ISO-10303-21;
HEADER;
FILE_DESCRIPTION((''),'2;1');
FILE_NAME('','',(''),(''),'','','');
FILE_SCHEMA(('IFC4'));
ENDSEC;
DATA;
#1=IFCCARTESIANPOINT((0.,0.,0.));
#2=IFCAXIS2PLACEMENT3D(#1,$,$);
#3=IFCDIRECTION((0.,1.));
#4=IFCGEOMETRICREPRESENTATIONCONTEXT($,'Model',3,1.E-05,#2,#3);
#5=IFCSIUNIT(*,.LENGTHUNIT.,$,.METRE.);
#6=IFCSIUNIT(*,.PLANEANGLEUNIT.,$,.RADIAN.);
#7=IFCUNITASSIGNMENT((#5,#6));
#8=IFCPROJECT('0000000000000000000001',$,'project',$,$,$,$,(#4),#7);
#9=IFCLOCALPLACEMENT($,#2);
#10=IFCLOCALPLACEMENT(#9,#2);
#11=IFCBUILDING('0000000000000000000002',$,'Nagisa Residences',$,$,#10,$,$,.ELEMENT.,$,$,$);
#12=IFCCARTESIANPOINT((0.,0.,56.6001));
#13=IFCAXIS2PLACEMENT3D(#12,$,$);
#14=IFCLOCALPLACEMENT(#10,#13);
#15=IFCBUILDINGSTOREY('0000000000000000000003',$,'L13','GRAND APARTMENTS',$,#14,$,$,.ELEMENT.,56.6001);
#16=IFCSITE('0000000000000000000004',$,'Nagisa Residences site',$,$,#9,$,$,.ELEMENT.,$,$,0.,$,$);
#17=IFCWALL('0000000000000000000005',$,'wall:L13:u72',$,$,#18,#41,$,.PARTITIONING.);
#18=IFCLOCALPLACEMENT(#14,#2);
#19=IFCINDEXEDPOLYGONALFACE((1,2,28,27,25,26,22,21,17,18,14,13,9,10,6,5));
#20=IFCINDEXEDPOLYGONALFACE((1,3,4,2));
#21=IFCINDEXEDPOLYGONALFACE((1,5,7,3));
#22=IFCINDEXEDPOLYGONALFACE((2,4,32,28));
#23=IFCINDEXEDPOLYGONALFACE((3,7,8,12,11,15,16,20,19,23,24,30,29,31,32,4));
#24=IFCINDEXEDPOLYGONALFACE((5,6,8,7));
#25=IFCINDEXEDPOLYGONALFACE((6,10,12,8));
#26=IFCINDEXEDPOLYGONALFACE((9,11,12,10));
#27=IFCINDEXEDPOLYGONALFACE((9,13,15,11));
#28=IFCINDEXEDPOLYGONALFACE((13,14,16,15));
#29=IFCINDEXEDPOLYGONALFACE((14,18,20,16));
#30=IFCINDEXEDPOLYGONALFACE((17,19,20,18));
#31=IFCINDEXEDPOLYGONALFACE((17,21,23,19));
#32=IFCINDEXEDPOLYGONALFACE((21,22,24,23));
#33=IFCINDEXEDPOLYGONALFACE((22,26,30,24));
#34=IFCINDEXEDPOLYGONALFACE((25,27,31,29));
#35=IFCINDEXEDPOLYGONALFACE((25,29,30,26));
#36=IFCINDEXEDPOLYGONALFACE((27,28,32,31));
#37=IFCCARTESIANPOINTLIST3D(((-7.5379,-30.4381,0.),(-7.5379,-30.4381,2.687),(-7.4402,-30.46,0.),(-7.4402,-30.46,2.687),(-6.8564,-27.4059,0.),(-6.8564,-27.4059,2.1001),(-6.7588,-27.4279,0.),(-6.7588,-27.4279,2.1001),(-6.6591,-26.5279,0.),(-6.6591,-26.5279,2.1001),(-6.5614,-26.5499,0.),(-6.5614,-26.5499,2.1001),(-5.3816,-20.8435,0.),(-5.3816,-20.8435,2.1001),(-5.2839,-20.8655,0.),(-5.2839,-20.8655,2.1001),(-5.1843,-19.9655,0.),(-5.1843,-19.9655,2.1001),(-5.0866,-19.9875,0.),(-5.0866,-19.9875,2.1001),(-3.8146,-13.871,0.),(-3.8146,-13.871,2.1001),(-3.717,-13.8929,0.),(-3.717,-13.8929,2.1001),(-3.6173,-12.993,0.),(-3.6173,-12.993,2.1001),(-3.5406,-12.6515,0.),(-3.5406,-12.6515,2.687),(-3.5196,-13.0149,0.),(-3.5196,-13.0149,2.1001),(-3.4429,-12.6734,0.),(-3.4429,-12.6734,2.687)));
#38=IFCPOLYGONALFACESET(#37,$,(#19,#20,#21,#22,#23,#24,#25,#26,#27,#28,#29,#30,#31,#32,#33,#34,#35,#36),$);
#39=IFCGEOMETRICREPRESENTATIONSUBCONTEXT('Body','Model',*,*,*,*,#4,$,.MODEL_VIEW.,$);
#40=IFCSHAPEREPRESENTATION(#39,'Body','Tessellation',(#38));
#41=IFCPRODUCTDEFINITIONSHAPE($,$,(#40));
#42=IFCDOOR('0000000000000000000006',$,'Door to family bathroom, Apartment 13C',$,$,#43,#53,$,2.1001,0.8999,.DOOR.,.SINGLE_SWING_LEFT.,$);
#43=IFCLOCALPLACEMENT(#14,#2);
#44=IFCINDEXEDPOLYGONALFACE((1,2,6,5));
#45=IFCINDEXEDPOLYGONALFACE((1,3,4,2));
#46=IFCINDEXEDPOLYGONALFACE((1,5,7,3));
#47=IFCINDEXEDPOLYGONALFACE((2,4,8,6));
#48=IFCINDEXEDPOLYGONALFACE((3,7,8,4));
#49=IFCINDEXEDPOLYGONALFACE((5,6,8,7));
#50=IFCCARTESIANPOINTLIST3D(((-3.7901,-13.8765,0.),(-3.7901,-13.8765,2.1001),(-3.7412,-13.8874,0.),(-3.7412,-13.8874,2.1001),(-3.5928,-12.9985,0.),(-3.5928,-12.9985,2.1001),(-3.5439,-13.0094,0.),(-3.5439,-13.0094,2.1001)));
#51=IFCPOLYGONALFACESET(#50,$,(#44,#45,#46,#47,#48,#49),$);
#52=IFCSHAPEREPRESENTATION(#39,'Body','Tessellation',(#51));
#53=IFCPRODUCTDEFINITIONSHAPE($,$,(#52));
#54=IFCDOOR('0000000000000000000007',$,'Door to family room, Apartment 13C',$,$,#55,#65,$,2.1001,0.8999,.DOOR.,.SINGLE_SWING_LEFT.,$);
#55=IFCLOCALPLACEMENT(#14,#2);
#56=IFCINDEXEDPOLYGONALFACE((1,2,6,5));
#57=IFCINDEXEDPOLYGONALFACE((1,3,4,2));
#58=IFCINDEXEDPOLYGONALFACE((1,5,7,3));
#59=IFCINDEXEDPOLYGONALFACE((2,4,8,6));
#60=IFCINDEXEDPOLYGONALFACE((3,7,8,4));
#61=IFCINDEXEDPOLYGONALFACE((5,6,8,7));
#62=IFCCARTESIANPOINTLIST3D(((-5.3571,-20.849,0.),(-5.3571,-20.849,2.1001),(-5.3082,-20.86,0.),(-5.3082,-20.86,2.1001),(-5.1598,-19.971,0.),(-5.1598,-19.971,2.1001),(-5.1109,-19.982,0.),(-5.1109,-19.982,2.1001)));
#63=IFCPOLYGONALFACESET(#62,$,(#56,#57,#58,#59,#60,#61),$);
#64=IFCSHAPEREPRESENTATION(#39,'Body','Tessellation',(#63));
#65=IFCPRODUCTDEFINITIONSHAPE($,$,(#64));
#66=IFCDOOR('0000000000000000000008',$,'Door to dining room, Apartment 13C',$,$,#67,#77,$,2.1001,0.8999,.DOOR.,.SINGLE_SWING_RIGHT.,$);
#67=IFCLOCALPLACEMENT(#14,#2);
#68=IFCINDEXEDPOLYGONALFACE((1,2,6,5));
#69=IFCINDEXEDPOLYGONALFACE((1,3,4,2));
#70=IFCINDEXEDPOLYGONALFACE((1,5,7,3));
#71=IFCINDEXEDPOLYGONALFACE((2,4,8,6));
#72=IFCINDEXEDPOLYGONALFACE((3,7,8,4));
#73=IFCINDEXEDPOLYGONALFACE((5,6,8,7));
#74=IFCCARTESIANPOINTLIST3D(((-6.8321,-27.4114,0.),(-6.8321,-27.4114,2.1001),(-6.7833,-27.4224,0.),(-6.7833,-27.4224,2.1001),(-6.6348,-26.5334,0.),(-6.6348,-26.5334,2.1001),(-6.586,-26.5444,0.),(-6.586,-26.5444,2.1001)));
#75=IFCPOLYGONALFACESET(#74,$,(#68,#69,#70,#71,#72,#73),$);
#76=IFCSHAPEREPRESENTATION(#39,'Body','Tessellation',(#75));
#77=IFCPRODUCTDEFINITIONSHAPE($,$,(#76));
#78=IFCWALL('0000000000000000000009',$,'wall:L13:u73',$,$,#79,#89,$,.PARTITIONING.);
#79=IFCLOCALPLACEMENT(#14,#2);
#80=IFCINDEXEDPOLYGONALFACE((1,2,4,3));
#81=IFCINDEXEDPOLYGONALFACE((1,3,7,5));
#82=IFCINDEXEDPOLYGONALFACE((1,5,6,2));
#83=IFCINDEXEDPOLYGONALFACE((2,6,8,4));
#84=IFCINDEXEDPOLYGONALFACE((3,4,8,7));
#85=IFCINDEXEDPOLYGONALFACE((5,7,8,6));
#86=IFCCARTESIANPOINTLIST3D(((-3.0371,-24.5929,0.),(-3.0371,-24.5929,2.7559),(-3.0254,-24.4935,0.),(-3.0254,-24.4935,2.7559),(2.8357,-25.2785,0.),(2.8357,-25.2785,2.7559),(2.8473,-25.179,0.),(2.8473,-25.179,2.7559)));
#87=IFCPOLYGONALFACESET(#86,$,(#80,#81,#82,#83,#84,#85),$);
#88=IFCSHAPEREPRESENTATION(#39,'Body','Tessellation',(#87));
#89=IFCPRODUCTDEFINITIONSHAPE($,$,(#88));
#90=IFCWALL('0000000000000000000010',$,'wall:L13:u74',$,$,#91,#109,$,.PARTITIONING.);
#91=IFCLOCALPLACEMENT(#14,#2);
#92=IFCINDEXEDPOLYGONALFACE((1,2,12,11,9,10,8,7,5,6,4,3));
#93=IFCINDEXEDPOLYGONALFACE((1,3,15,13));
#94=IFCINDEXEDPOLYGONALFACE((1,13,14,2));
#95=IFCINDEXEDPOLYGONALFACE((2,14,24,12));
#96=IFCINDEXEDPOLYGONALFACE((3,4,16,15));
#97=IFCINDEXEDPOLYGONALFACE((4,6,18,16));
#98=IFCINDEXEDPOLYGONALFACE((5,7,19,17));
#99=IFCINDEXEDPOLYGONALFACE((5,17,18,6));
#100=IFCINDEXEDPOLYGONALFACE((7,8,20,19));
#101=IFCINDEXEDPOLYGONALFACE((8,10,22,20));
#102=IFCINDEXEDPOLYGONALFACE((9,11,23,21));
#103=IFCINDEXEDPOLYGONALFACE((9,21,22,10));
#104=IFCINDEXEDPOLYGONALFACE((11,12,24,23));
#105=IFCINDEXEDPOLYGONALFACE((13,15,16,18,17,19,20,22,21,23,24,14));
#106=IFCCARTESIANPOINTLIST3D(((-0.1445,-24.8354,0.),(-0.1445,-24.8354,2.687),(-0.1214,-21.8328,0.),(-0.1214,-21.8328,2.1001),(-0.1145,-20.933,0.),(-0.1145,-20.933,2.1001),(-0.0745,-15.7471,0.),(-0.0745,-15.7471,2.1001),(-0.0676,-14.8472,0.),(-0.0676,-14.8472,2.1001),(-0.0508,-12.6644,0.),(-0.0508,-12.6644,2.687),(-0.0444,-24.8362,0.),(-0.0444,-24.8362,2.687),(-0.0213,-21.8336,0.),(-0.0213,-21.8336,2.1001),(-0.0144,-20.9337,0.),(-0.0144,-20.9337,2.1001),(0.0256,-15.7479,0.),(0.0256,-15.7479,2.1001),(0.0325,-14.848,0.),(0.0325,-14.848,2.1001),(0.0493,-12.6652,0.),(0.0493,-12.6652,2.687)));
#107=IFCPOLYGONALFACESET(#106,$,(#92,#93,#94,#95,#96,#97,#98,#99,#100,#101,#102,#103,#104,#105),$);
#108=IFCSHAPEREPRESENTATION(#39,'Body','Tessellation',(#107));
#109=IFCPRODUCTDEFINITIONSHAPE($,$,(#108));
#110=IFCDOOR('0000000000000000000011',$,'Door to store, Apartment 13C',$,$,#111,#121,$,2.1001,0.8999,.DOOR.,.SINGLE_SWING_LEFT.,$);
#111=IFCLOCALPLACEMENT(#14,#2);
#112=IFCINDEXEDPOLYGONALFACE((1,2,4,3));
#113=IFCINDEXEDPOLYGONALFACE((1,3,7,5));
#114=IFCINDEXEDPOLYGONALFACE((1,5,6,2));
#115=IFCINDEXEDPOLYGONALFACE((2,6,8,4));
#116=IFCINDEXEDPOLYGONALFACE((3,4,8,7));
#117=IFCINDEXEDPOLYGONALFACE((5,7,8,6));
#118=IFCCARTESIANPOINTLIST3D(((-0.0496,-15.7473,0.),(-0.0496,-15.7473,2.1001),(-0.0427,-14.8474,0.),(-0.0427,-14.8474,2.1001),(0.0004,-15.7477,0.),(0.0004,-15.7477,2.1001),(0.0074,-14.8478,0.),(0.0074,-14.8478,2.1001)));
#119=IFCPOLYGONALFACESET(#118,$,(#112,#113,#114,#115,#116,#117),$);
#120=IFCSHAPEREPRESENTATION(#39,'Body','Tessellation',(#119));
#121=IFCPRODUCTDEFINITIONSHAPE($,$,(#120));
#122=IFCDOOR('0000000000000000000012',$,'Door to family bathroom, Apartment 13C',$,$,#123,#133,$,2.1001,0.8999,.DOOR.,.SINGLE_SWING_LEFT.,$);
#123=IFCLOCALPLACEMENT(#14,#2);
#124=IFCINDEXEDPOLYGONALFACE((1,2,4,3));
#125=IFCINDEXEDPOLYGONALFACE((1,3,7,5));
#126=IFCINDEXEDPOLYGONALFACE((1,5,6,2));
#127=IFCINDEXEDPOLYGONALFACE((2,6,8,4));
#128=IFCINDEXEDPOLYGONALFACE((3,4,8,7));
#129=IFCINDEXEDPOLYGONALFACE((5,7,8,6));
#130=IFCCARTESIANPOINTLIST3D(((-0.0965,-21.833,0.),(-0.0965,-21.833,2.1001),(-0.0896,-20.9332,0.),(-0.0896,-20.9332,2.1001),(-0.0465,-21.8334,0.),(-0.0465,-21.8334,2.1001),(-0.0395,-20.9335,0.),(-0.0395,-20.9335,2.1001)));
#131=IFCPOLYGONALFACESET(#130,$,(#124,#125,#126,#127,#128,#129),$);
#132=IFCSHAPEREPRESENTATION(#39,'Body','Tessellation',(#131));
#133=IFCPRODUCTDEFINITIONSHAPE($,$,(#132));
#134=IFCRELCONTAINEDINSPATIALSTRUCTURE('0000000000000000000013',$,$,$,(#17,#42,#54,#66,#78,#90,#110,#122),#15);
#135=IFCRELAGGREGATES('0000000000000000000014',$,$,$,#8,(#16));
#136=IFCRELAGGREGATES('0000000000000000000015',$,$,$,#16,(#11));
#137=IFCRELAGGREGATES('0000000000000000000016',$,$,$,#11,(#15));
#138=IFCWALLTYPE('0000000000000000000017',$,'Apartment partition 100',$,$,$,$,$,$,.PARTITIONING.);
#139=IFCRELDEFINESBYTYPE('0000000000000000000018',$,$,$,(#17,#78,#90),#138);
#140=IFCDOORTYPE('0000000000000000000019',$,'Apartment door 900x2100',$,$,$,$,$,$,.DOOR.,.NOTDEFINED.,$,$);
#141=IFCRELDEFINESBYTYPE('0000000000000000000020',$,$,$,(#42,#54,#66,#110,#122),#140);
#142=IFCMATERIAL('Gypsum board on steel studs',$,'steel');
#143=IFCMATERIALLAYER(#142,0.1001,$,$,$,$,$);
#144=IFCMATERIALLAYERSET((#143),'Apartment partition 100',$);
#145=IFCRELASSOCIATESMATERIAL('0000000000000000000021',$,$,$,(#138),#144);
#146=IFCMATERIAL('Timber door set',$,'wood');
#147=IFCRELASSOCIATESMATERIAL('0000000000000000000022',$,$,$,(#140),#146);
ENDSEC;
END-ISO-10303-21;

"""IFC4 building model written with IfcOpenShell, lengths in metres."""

from ifc_helpers import new_model, si_unit, direction, frame, frame_2d, origin, place, context, subcontext, project, spatial, rectangle, extrude, material, layer, layer_set, type_object, element, fill, save


model = new_model("IFC4")

# Units and contexts
model_context = context("Model", 3, precision=1e-05, world=origin(), true_north=direction((0.0, 1.0)))
body_context = subcontext(model_context, "Body", "Model", "MODEL_VIEW")
ifc_project = project(units=[si_unit("LENGTHUNIT", "METRE"), si_unit("PLANEANGLEUNIT", "RADIAN")], contexts=[model_context])

# Site, building, storey
site_placement = place(None, origin())
site = spatial("IfcSite", under=ifc_project, at=site_placement, Name="Nagisa Residences site", CompositionType="ELEMENT", RefElevation=0.0)
building_placement = place(site_placement, origin())
building = spatial("IfcBuilding", under=site, at=building_placement, Name="Nagisa Residences", CompositionType="ELEMENT")
storey_placement = place(building_placement, frame((0.0, 0.0, 56.6001)))
storey = spatial("IfcBuildingStorey", under=building, at=storey_placement, Name="L13", Description="GRAND APARTMENTS", CompositionType="ELEMENT", Elevation=56.6001)

# Shared definitions
ifc_material_1 = material(Name="Gypsum board on steel studs", Category="steel")
ifc_layer_1 = layer(ifc_material_1, 0.1001)
ifc_layer_set_1 = layer_set([ifc_layer_1], Name="Apartment partition 100")
wall_type_1 = type_object("IfcWallType", Name="Apartment partition 100", PredefinedType="PARTITIONING", material=ifc_layer_set_1)
ifc_material_2 = material(Name="Timber door set", Category="wood")
door_type_1 = type_object("IfcDoorType", Name="Apartment door 900x2100", OperationType="NOTDEFINED", PredefinedType="DOOR", material=ifc_material_2)

# Wall, openings, doors
wall_1_placement = place(storey_placement, frame((-3.4917, -12.6624, 0.0), z_axis=(0.0, 0.0, 1.0), x_axis=(-0.219268, -0.975665, 0.0)))
wall_1 = element("IfcWall", 1, at=wall_1_placement, inside=storey, type_object=wall_type_1, Name="wall:L13:u72", PredefinedType="PARTITIONING", context=body_context, shape_type="SweptSolid", body=[
    extrude(rectangle(XDim=18.2302, YDim=0.1001, at=frame_2d((9.1152, 0.0))), origin(), (0.0, 0.0, 1.0), 2.687),
])
opening_1_placement = place(wall_1_placement, frame((0.3501, 0.0, 0.0)))
opening_1 = element("IfcOpeningElement", 2, at=opening_1_placement, cuts=wall_1, PredefinedType="OPENING", context=body_context, shape_type="SweptSolid", body=[
    extrude(rectangle(XDim=0.8999, YDim=2.1001, at=frame_2d((0.45, 1.05))), frame((0.0, 0.0601, 0.0), z_axis=(0.0, -1.0, 0.0), x_axis=(1.0, 0.0, 0.0)), (0.0, 0.0, 1.0), 0.1201),
])
opening_2_placement = place(wall_1_placement, frame((7.4966, 0.0, 0.0)))
opening_2 = element("IfcOpeningElement", 3, at=opening_2_placement, cuts=wall_1, PredefinedType="OPENING", context=body_context, shape_type="SweptSolid", body=[
    extrude(rectangle(XDim=0.8999, YDim=2.1001, at=frame_2d((0.45, 1.05))), frame((0.0, 0.0601, 0.0), z_axis=(0.0, -1.0, 0.0), x_axis=(1.0, 0.0, 0.0)), (0.0, 0.0, 1.0), 0.1201),
])
opening_3_placement = place(wall_1_placement, frame((14.2227, 0.0, 0.0)))
opening_3 = element("IfcOpeningElement", 4, at=opening_3_placement, cuts=wall_1, PredefinedType="OPENING", context=body_context, shape_type="SweptSolid", body=[
    extrude(rectangle(XDim=0.8999, YDim=2.1001, at=frame_2d((0.45, 1.05))), frame((0.0, 0.0601, 0.0), z_axis=(0.0, -1.0, 0.0), x_axis=(1.0, 0.0, 0.0)), (0.0, 0.0, 1.0), 0.1201),
])
door_1_placement = place(opening_1_placement, frame((0.8999, 0.0, 0.0), x_axis=(-1.0, 0.0, 0.0)))
door_1 = element("IfcDoor", 5, at=door_1_placement, inside=storey, type_object=door_type_1, Name="Door to family bathroom, Apartment 13C", OperationType="SINGLE_SWING_LEFT", OverallHeight=2.1001, OverallWidth=0.8999, PredefinedType="DOOR", context=body_context, shape_type="SweptSolid", body=[
    extrude(rectangle(XDim=0.8999, YDim=2.1001, at=frame_2d((0.45, 1.05))), frame((0.0, 0.0249, 0.0), z_axis=(0.0, -1.0, 0.0), x_axis=(1.0, 0.0, 0.0)), (0.0, 0.0, 1.0), 0.05),
])
fill(opening_1, door_1)
door_2_placement = place(opening_2_placement, frame((0.8999, 0.0, 0.0), x_axis=(-1.0, 0.0, 0.0)))
door_2 = element("IfcDoor", 6, at=door_2_placement, inside=storey, type_object=door_type_1, Name="Door to family room, Apartment 13C", OperationType="SINGLE_SWING_LEFT", OverallHeight=2.1001, OverallWidth=0.8999, PredefinedType="DOOR", context=body_context, shape_type="SweptSolid", body=[
    extrude(rectangle(XDim=0.8999, YDim=2.1001, at=frame_2d((0.45, 1.05))), frame((0.0, 0.0249, 0.0), z_axis=(0.0, -1.0, 0.0), x_axis=(1.0, 0.0, 0.0)), (0.0, 0.0, 1.0), 0.05),
])
fill(opening_2, door_2)
door_3_placement = place(opening_3_placement, origin())
door_3 = element("IfcDoor", 7, at=door_3_placement, inside=storey, type_object=door_type_1, Name="Door to dining room, Apartment 13C", OperationType="SINGLE_SWING_RIGHT", OverallHeight=2.1001, OverallWidth=0.8999, PredefinedType="DOOR", context=body_context, shape_type="SweptSolid", body=[
    extrude(rectangle(XDim=0.8999, YDim=2.1001, at=frame_2d((0.45, 1.05))), frame((0.0, 0.0249, 0.0), z_axis=(0.0, -1.0, 0.0), x_axis=(1.0, 0.0, 0.0)), (0.0, 0.0, 1.0), 0.05),
])
fill(opening_3, door_3)

# Wall
wall_2_placement = place(storey_placement, frame((-3.0312, -24.5432, 0.0), z_axis=(0.0, 0.0, 1.0), x_axis=(0.993256, -0.115945, 0.0)))
element("IfcWall", 8, at=wall_2_placement, inside=storey, type_object=wall_type_1, Name="wall:L13:u73", PredefinedType="PARTITIONING", context=body_context, shape_type="SweptSolid", body=[
    extrude(rectangle(XDim=5.9126, YDim=0.1001, at=frame_2d((2.9563, 0.0))), origin(), (0.0, 0.0, 1.0), 2.7559),
])

# Wall, openings, doors
wall_3_placement = place(storey_placement, frame((-0.0007, -12.6648, 0.0), z_axis=(0.0, 0.0, 1.0), x_axis=(-0.007702, -0.99997, 0.0)))
wall_3 = element("IfcWall", 9, at=wall_3_placement, inside=storey, type_object=wall_type_1, Name="wall:L13:u74", PredefinedType="PARTITIONING", context=body_context, shape_type="SweptSolid", body=[
    extrude(rectangle(XDim=12.1714, YDim=0.1001, at=frame_2d((6.0857, 0.0))), origin(), (0.0, 0.0, 1.0), 2.687),
])
opening_4_placement = place(wall_3_placement, frame((2.1829, 0.0, 0.0)))
opening_4 = element("IfcOpeningElement", 10, at=opening_4_placement, cuts=wall_3, PredefinedType="OPENING", context=body_context, shape_type="SweptSolid", body=[
    extrude(rectangle(XDim=0.8999, YDim=2.1001, at=frame_2d((0.45, 1.05))), frame((0.0, 0.0601, 0.0), z_axis=(0.0, -1.0, 0.0), x_axis=(1.0, 0.0, 0.0)), (0.0, 0.0, 1.0), 0.1201),
])
opening_5_placement = place(wall_3_placement, frame((8.2688, 0.0, 0.0)))
opening_5 = element("IfcOpeningElement", 11, at=opening_5_placement, cuts=wall_3, PredefinedType="OPENING", context=body_context, shape_type="SweptSolid", body=[
    extrude(rectangle(XDim=0.8999, YDim=2.1001, at=frame_2d((0.45, 1.05))), frame((0.0, 0.0601, 0.0), z_axis=(0.0, -1.0, 0.0), x_axis=(1.0, 0.0, 0.0)), (0.0, 0.0, 1.0), 0.1201),
])
door_4_placement = place(opening_4_placement, origin())
door_4 = element("IfcDoor", 12, at=door_4_placement, inside=storey, type_object=door_type_1, Name="Door to store, Apartment 13C", OperationType="SINGLE_SWING_LEFT", OverallHeight=2.1001, OverallWidth=0.8999, PredefinedType="DOOR", context=body_context, shape_type="SweptSolid", body=[
    extrude(rectangle(XDim=0.8999, YDim=2.1001, at=frame_2d((0.45, 1.05))), frame((0.0, 0.0249, 0.0), z_axis=(0.0, -1.0, 0.0), x_axis=(1.0, 0.0, 0.0)), (0.0, 0.0, 1.0), 0.05),
])
fill(opening_4, door_4)
door_5_placement = place(opening_5_placement, origin())
door_5 = element("IfcDoor", 13, at=door_5_placement, inside=storey, type_object=door_type_1, Name="Door to family bathroom, Apartment 13C", OperationType="SINGLE_SWING_LEFT", OverallHeight=2.1001, OverallWidth=0.8999, PredefinedType="DOOR", context=body_context, shape_type="SweptSolid", body=[
    extrude(rectangle(XDim=0.8999, YDim=2.1001, at=frame_2d((0.45, 1.05))), frame((0.0, 0.0249, 0.0), z_axis=(0.0, -1.0, 0.0), x_axis=(1.0, 0.0, 0.0)), (0.0, 0.0, 1.0), 0.05),
])
fill(opening_5, door_5)

save(model, "model.ifc")
